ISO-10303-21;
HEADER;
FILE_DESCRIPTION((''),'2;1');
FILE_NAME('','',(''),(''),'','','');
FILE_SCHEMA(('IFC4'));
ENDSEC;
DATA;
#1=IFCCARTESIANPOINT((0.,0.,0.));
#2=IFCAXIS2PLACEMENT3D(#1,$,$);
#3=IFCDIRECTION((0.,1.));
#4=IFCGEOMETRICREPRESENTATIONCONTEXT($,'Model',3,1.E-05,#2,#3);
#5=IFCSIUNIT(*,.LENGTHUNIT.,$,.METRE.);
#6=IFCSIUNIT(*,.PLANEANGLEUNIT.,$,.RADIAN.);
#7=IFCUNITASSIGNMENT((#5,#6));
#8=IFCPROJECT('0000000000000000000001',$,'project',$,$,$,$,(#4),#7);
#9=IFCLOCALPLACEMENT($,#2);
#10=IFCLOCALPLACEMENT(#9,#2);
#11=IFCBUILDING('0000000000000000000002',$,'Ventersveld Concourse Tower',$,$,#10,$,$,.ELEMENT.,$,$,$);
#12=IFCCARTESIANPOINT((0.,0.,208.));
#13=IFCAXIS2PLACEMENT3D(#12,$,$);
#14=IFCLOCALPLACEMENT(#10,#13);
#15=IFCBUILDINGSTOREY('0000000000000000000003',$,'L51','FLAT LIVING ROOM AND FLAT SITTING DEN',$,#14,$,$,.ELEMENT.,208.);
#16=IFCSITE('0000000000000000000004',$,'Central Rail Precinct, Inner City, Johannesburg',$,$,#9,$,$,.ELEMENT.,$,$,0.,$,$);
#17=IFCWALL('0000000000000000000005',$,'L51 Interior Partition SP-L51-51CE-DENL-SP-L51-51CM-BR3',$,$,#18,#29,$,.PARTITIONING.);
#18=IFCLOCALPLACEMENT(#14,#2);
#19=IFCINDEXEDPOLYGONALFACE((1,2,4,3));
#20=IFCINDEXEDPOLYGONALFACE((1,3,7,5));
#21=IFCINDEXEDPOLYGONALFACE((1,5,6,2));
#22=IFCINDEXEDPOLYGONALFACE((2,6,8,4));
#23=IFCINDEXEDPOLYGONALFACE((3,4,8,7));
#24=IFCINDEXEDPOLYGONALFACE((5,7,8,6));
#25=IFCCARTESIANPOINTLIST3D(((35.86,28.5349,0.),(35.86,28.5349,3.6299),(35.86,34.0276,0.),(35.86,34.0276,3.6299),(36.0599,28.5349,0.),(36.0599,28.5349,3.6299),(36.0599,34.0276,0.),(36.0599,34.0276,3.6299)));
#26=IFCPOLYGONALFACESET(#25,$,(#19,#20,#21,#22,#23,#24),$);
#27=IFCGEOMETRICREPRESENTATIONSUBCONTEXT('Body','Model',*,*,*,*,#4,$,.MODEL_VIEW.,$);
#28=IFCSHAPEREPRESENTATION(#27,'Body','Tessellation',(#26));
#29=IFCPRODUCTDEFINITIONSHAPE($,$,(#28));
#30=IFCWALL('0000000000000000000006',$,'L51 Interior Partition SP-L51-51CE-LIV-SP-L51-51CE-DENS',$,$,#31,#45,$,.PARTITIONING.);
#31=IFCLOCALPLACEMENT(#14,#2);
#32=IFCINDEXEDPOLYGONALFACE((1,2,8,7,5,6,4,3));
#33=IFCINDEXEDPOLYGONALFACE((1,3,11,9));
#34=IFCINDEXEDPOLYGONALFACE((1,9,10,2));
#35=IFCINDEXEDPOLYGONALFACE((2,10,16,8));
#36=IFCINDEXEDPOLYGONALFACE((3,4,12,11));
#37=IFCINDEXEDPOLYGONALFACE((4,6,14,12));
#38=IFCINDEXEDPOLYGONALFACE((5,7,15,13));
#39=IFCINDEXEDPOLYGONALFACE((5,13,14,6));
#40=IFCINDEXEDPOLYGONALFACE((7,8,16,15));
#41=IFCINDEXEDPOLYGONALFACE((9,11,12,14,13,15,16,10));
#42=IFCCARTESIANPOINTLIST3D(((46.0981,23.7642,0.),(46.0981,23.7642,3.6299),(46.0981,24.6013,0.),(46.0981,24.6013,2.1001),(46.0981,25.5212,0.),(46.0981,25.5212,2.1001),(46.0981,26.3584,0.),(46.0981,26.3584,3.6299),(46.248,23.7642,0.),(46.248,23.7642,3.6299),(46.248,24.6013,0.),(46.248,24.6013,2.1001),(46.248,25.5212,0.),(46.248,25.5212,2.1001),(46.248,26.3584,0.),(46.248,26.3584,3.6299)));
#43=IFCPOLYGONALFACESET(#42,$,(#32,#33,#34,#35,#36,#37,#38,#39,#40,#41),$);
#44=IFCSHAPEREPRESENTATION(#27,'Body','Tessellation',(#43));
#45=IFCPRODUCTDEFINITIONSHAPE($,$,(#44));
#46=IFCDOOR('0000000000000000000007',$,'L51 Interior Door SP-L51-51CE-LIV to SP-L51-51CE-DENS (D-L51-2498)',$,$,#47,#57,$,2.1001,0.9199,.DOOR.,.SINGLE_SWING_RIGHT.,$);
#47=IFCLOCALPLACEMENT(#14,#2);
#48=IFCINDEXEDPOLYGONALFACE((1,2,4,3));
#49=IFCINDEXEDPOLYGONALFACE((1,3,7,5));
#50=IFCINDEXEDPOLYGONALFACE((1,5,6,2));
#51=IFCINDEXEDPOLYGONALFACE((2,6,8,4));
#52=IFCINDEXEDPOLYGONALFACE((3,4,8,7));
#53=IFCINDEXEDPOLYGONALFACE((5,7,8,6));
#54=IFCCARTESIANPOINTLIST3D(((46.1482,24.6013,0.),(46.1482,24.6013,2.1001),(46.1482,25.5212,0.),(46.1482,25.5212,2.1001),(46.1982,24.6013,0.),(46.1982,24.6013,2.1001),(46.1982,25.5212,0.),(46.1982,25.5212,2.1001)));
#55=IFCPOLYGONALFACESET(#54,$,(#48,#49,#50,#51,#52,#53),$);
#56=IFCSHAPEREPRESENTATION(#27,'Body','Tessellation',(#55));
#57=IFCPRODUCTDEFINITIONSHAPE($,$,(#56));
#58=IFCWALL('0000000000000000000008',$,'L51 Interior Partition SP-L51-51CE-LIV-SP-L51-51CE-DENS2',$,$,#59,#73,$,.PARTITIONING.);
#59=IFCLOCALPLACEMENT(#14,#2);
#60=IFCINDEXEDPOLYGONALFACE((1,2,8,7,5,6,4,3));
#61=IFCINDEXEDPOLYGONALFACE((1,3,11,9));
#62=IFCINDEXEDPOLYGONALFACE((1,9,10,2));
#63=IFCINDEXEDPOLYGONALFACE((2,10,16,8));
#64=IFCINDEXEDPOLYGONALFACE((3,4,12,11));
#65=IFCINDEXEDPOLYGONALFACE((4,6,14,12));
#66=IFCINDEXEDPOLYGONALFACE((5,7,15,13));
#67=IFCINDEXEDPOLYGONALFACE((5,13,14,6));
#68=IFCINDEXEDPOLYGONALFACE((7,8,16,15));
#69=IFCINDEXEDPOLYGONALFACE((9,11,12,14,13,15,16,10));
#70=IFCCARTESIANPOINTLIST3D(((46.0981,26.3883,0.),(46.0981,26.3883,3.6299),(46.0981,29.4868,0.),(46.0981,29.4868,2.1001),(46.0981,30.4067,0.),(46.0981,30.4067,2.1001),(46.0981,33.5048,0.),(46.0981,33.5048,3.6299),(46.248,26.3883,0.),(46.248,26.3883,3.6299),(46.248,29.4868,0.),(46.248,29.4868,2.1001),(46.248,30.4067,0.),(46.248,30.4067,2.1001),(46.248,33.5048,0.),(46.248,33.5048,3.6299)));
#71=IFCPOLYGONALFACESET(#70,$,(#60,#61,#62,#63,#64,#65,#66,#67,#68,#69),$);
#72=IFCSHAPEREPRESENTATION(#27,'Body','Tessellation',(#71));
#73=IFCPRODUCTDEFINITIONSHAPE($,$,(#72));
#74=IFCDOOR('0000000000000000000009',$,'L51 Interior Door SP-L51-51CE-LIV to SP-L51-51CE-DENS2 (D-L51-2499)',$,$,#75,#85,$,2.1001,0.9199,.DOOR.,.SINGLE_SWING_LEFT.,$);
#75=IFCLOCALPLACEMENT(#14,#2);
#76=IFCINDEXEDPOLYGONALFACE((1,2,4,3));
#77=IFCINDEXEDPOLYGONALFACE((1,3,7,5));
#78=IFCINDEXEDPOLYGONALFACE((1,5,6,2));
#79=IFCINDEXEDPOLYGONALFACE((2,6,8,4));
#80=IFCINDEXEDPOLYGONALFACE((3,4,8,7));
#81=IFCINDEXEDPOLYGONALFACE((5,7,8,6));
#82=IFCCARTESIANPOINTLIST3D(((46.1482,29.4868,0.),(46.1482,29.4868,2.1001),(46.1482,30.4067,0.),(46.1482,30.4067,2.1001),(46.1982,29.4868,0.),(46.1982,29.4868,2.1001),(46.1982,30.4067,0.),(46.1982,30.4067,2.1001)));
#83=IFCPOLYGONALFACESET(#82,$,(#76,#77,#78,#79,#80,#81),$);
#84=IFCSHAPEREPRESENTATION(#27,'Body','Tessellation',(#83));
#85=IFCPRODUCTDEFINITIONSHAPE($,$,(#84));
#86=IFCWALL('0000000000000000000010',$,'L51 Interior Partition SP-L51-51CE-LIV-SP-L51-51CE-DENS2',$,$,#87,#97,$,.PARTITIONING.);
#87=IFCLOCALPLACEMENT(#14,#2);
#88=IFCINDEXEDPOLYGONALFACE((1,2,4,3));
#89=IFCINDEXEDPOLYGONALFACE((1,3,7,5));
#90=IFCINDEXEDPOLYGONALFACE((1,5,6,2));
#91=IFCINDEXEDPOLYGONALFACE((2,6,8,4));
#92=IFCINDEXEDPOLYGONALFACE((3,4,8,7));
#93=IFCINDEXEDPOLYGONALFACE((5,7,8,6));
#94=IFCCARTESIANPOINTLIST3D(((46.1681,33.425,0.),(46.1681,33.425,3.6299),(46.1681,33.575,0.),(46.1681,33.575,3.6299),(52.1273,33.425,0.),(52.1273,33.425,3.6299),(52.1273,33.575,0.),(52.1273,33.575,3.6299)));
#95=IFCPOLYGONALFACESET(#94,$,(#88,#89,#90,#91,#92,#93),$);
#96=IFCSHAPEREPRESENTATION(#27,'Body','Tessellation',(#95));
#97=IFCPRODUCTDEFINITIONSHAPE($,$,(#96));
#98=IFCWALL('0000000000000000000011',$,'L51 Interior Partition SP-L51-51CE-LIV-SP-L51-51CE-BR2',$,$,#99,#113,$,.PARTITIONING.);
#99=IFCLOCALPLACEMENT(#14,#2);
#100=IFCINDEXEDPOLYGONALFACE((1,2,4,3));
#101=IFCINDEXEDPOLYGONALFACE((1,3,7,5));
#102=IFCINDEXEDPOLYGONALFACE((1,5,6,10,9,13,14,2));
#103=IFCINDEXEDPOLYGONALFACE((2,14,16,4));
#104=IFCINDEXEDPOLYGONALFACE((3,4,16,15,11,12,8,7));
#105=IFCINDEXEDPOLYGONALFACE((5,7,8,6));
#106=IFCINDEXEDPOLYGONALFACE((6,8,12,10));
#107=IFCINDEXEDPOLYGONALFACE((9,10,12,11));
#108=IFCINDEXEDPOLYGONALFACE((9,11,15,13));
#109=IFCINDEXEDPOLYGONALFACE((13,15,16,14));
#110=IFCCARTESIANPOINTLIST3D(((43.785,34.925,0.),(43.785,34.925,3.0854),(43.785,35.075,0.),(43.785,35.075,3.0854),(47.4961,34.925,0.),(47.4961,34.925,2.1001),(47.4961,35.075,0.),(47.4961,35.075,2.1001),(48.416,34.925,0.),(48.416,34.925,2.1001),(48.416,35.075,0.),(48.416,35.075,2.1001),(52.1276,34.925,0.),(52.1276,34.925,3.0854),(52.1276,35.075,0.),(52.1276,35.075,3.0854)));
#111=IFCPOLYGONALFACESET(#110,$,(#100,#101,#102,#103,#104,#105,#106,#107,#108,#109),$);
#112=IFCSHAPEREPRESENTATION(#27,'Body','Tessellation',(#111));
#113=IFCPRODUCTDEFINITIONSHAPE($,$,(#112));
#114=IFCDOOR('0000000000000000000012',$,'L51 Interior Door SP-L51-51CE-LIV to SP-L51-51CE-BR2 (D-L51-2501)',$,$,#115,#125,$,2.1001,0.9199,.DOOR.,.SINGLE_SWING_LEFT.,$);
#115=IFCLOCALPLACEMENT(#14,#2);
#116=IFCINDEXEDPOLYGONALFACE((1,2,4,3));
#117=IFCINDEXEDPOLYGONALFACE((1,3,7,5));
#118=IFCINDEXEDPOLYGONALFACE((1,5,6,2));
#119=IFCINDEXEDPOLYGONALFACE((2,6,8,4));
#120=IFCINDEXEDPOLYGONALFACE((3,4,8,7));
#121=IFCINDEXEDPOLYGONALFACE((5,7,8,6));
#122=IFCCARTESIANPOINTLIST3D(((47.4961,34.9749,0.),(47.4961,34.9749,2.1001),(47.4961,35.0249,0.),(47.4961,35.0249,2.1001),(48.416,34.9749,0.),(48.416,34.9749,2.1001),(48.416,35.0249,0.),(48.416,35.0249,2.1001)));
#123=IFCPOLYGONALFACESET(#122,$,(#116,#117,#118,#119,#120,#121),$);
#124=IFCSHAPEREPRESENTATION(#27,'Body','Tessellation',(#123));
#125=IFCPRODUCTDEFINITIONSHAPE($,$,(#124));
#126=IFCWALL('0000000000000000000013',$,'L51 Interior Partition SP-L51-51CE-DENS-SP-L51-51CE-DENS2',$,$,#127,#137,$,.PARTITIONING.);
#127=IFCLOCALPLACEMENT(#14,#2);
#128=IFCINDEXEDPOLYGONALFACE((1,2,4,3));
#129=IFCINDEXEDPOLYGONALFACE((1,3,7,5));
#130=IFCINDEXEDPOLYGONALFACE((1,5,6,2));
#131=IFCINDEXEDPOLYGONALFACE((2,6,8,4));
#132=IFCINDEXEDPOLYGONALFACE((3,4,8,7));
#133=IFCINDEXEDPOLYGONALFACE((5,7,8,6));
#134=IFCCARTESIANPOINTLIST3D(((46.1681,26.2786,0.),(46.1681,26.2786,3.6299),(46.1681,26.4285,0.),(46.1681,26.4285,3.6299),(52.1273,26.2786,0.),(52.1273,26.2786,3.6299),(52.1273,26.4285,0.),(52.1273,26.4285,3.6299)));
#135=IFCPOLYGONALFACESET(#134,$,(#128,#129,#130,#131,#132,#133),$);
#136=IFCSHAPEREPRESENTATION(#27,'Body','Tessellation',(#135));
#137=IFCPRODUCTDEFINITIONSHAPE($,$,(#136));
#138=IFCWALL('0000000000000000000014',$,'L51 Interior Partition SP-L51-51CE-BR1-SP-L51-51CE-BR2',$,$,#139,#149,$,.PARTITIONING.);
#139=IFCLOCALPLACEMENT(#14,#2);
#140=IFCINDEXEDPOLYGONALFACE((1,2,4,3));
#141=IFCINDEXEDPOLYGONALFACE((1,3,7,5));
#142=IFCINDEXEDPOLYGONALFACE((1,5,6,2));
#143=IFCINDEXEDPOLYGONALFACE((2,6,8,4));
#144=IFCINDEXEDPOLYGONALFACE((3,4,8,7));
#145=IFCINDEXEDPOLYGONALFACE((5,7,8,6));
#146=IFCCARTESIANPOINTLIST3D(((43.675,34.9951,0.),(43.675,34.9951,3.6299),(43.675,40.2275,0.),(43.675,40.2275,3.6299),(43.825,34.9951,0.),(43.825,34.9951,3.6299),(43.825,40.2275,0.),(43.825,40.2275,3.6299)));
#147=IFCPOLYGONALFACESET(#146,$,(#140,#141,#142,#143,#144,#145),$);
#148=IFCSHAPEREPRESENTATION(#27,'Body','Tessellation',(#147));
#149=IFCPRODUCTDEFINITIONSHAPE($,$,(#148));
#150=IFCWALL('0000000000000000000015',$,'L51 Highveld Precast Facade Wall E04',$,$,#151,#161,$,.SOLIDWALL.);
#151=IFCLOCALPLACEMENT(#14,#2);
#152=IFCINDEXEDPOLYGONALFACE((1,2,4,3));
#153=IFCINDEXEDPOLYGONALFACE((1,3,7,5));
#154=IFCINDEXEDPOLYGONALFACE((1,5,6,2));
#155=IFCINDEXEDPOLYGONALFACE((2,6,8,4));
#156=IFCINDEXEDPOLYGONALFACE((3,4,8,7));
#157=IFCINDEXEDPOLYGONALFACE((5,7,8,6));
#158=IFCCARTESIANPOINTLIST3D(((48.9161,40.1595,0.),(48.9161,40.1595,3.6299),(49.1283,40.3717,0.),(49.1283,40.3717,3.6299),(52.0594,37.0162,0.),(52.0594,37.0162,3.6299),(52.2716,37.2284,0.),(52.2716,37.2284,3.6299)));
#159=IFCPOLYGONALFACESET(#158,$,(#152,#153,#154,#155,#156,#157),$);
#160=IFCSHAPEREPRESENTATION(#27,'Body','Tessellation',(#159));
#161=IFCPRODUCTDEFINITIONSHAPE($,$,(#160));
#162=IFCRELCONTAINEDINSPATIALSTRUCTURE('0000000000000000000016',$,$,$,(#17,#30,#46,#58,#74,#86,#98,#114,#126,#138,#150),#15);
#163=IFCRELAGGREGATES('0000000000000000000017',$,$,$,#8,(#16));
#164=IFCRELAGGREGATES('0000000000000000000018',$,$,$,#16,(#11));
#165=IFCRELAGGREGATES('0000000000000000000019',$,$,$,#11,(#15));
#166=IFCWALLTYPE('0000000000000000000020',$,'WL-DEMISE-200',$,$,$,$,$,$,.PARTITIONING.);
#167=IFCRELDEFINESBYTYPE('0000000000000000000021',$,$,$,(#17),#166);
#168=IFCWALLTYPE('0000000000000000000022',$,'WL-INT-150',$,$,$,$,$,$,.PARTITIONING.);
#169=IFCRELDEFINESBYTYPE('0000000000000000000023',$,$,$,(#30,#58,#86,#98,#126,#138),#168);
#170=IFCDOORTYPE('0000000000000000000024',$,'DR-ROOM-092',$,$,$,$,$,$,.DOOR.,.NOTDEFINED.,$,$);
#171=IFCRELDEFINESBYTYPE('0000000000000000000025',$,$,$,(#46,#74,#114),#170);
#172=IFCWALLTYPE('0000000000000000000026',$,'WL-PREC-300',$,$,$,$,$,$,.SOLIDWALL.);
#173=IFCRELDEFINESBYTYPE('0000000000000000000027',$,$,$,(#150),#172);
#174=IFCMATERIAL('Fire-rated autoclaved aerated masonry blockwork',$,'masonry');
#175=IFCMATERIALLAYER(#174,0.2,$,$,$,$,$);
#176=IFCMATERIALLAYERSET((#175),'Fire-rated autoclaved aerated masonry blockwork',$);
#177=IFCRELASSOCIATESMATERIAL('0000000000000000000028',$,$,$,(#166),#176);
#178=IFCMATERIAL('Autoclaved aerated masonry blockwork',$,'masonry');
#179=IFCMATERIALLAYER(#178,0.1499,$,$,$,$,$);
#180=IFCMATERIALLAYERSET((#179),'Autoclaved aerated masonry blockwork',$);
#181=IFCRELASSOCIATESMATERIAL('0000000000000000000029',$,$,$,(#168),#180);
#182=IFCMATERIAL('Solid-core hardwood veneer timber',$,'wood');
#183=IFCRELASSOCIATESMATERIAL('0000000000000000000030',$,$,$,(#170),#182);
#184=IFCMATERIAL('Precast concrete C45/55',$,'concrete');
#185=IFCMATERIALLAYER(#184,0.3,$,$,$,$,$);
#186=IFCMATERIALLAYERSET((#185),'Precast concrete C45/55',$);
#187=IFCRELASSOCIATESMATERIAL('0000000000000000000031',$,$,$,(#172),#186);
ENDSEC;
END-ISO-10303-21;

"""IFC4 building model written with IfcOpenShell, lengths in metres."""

from ifc_helpers import new_model, si_unit, direction, frame, frame_2d, origin, place, context, subcontext, project, spatial, rectangle, extrude, material, layer, layer_set, type_object, element, fill, save


model = new_model("IFC4")

# Units and contexts
model_context = context("Model", 3, precision=1e-05, world=origin(), true_north=direction((0.0, 1.0)))
body_context = subcontext(model_context, "Body", "Model", "MODEL_VIEW")
ifc_project = project(units=[si_unit("LENGTHUNIT", "METRE"), si_unit("PLANEANGLEUNIT", "RADIAN")], contexts=[model_context])

# Site, building, storey
site_placement = place(None, origin())
site = spatial("IfcSite", under=ifc_project, at=site_placement, Name="Central Rail Precinct, Inner City, Johannesburg", CompositionType="ELEMENT", RefElevation=0.0)
building_placement = place(site_placement, origin())
building = spatial("IfcBuilding", under=site, at=building_placement, Name="Ventersveld Concourse Tower", CompositionType="ELEMENT")
storey_placement = place(building_placement, frame((0.0, 0.0, 208.0)))
storey = spatial("IfcBuildingStorey", under=building, at=storey_placement, Name="L51", Description="FLAT LIVING ROOM AND FLAT SITTING DEN", CompositionType="ELEMENT", Elevation=208.0)

# Wall
ifc_material_1 = material(Name="Fire-rated autoclaved aerated masonry blockwork", Category="masonry")
ifc_layer_1 = layer(ifc_material_1, 0.2)
ifc_layer_set_1 = layer_set([ifc_layer_1], Name="Fire-rated autoclaved aerated masonry blockwork")
wall_type_1 = type_object("IfcWallType", Name="WL-DEMISE-200", PredefinedType="PARTITIONING", material=ifc_layer_set_1)
wall_1_placement = place(storey_placement, frame((35.96, 28.5349, 0.0), z_axis=(0.0, 0.0, 1.0), x_axis=(0.0, 1.0, 0.0)))
element("IfcWall", 1, at=wall_1_placement, inside=storey, type_object=wall_type_1, Name="L51 Interior Partition SP-L51-51CE-DENL-SP-L51-51CM-BR3", PredefinedType="PARTITIONING", context=body_context, shape_type="SweptSolid", body=[
    extrude(rectangle(XDim=5.4927, YDim=0.2, at=frame_2d((2.7463, 0.0))), origin(), (0.0, 0.0, 1.0), 3.6299),
])

# Walls, openings, doors
ifc_material_2 = material(Name="Autoclaved aerated masonry blockwork", Category="masonry")
ifc_layer_2 = layer(ifc_material_2, 0.1499)
ifc_layer_set_2 = layer_set([ifc_layer_2], Name="Autoclaved aerated masonry blockwork")
wall_type_2 = type_object("IfcWallType", Name="WL-INT-150", PredefinedType="PARTITIONING", material=ifc_layer_set_2)
wall_2_placement = place(storey_placement, frame((46.1731, 23.7642, 0.0), z_axis=(0.0, 0.0, 1.0), x_axis=(0.0, 1.0, 0.0)))
wall_2 = element("IfcWall", 2, at=wall_2_placement, inside=storey, type_object=wall_type_2, Name="L51 Interior Partition SP-L51-51CE-LIV-SP-L51-51CE-DENS", PredefinedType="PARTITIONING", context=body_context, shape_type="SweptSolid", body=[
    extrude(rectangle(XDim=2.5942, YDim=0.1499, at=frame_2d((1.2971, 0.0))), origin(), (0.0, 0.0, 1.0), 3.6299),
])
opening_1_placement = place(wall_2_placement, frame((0.8372, 0.0, 0.0)))
opening_1 = element("IfcOpeningElement", 3, at=opening_1_placement, cuts=wall_2, PredefinedType="OPENING", context=body_context, shape_type="SweptSolid", body=[
    extrude(rectangle(XDim=0.9199, YDim=2.1001, at=frame_2d((0.46, 1.05))), frame((0.0, 0.085, 0.0), z_axis=(0.0, -1.0, 0.0), x_axis=(1.0, 0.0, 0.0)), (0.0, 0.0, 1.0), 0.1699),
])
ifc_material_3 = material(Name="Solid-core hardwood veneer timber", Category="wood")
door_type = type_object("IfcDoorType", Name="DR-ROOM-092", OperationType="NOTDEFINED", PredefinedType="DOOR", material=ifc_material_3)
door_1_placement = place(opening_1_placement, origin())
door_1 = element("IfcDoor", 4, at=door_1_placement, inside=storey, type_object=door_type, Name="L51 Interior Door SP-L51-51CE-LIV to SP-L51-51CE-DENS (D-L51-2498)", OperationType="SINGLE_SWING_RIGHT", OverallHeight=2.1001, OverallWidth=0.9199, PredefinedType="DOOR", context=body_context, shape_type="SweptSolid", body=[
    extrude(rectangle(XDim=0.9199, YDim=2.1001, at=frame_2d((0.46, 1.05))), frame((0.0, 0.0249, 0.0), z_axis=(0.0, -1.0, 0.0), x_axis=(1.0, 0.0, 0.0)), (0.0, 0.0, 1.0), 0.05),
])
fill(opening_1, door_1)
wall_3_placement = place(storey_placement, frame((46.1731, 26.3884, 0.0), z_axis=(0.0, 0.0, 1.0), x_axis=(0.0, 1.0, 0.0)))
wall_3 = element("IfcWall", 5, at=wall_3_placement, inside=storey, type_object=wall_type_2, Name="L51 Interior Partition SP-L51-51CE-LIV-SP-L51-51CE-DENS2", PredefinedType="PARTITIONING", context=body_context, shape_type="SweptSolid", body=[
    extrude(rectangle(XDim=7.1165, YDim=0.1499, at=frame_2d((3.5581, 0.0))), origin(), (0.0, 0.0, 1.0), 3.6299),
])
opening_2_placement = place(wall_3_placement, frame((3.0984, 0.0, 0.0)))
opening_2 = element("IfcOpeningElement", 6, at=opening_2_placement, cuts=wall_3, PredefinedType="OPENING", context=body_context, shape_type="SweptSolid", body=[
    extrude(rectangle(XDim=0.9199, YDim=2.1001, at=frame_2d((0.46, 1.05))), frame((0.0, 0.085, 0.0), z_axis=(0.0, -1.0, 0.0), x_axis=(1.0, 0.0, 0.0)), (0.0, 0.0, 1.0), 0.1699),
])
door_2_placement = place(opening_2_placement, origin())
door_2 = element("IfcDoor", 7, at=door_2_placement, inside=storey, type_object=door_type, Name="L51 Interior Door SP-L51-51CE-LIV to SP-L51-51CE-DENS2 (D-L51-2499)", OperationType="SINGLE_SWING_LEFT", OverallHeight=2.1001, OverallWidth=0.9199, PredefinedType="DOOR", context=body_context, shape_type="SweptSolid", body=[
    extrude(rectangle(XDim=0.9199, YDim=2.1001, at=frame_2d((0.46, 1.05))), frame((0.0, 0.0249, 0.0), z_axis=(0.0, -1.0, 0.0), x_axis=(1.0, 0.0, 0.0)), (0.0, 0.0, 1.0), 0.05),
])
fill(opening_2, door_2)

# Wall
wall_4_placement = place(storey_placement, frame((46.1682, 33.5, 0.0), z_axis=(0.0, 0.0, 1.0), x_axis=(1.0, 0.0, 0.0)))
element("IfcWall", 8, at=wall_4_placement, inside=storey, type_object=wall_type_2, Name="L51 Interior Partition SP-L51-51CE-LIV-SP-L51-51CE-DENS2", PredefinedType="PARTITIONING", context=body_context, shape_type="SweptSolid", body=[
    extrude(rectangle(XDim=5.9592, YDim=0.1499, at=frame_2d((2.9795, 0.0))), origin(), (0.0, 0.0, 1.0), 3.6299),
])

# Wall, opening, door
wall_5_placement = place(storey_placement, frame((43.7849, 35.0, 0.0), z_axis=(0.0, 0.0, 1.0), x_axis=(1.0, 0.0, 0.0)))
wall_5 = element("IfcWall", 9, at=wall_5_placement, inside=storey, type_object=wall_type_2, Name="L51 Interior Partition SP-L51-51CE-LIV-SP-L51-51CE-BR2", PredefinedType="PARTITIONING", context=body_context, shape_type="SweptSolid", body=[
    extrude(rectangle(XDim=8.3425, YDim=0.1499, at=frame_2d((4.1714, 0.0))), origin(), (0.0, 0.0, 1.0), 3.0854),
])
opening_3_placement = place(wall_5_placement, frame((3.7112, 0.0, 0.0)))
opening_3 = element("IfcOpeningElement", 10, at=opening_3_placement, cuts=wall_5, PredefinedType="OPENING", context=body_context, shape_type="SweptSolid", body=[
    extrude(rectangle(XDim=0.9199, YDim=2.1001, at=frame_2d((0.46, 1.05))), frame((0.0, 0.085, 0.0), z_axis=(0.0, -1.0, 0.0), x_axis=(1.0, 0.0, 0.0)), (0.0, 0.0, 1.0), 0.1699),
])
door_3_placement = place(opening_3_placement, origin())
door_3 = element("IfcDoor", 11, at=door_3_placement, inside=storey, type_object=door_type, Name="L51 Interior Door SP-L51-51CE-LIV to SP-L51-51CE-BR2 (D-L51-2501)", OperationType="SINGLE_SWING_LEFT", OverallHeight=2.1001, OverallWidth=0.9199, PredefinedType="DOOR", context=body_context, shape_type="SweptSolid", body=[
    extrude(rectangle(XDim=0.9199, YDim=2.1001, at=frame_2d((0.46, 1.05))), frame((0.0, 0.0249, 0.0), z_axis=(0.0, -1.0, 0.0), x_axis=(1.0, 0.0, 0.0)), (0.0, 0.0, 1.0), 0.05),
])
fill(opening_3, door_3)

# Walls
wall_6_placement = place(storey_placement, frame((46.1682, 26.3535, 0.0), z_axis=(0.0, 0.0, 1.0), x_axis=(1.0, 0.0, 0.0)))
element("IfcWall", 12, at=wall_6_placement, inside=storey, type_object=wall_type_2, Name="L51 Interior Partition SP-L51-51CE-DENS-SP-L51-51CE-DENS2", PredefinedType="PARTITIONING", context=body_context, shape_type="SweptSolid", body=[
    extrude(rectangle(XDim=5.9592, YDim=0.1499, at=frame_2d((2.9795, 0.0))), origin(), (0.0, 0.0, 1.0), 3.6299),
])
wall_7_placement = place(storey_placement, frame((43.75, 34.9951, 0.0), z_axis=(0.0, 0.0, 1.0), x_axis=(0.0, 1.0, 0.0)))
element("IfcWall", 13, at=wall_7_placement, inside=storey, type_object=wall_type_2, Name="L51 Interior Partition SP-L51-51CE-BR1-SP-L51-51CE-BR2", PredefinedType="PARTITIONING", context=body_context, shape_type="SweptSolid", body=[
    extrude(rectangle(XDim=5.2324, YDim=0.1499, at=frame_2d((2.6162, 0.0))), origin(), (0.0, 0.0, 1.0), 3.6299),
])
ifc_material_4 = material(Name="Precast concrete C45/55", Category="concrete")
ifc_layer_3 = layer(ifc_material_4, 0.3)
ifc_layer_set_3 = layer_set([ifc_layer_3], Name="Precast concrete C45/55")
wall_type_3 = type_object("IfcWallType", Name="WL-PREC-300", PredefinedType="SOLIDWALL", material=ifc_layer_set_3)
wall_8_placement = place(storey_placement, frame((52.1655, 37.1223, 0.0), z_axis=(0.0, 0.0, 1.0), x_axis=(-0.707107, 0.707107, 0.0)))
element("IfcWall", 14, at=wall_8_placement, inside=storey, type_object=wall_type_3, Name="L51 Highveld Precast Facade Wall E04", PredefinedType="SOLIDWALL", context=body_context, shape_type="SweptSolid", body=[
    extrude(rectangle(XDim=4.4453, YDim=0.3, at=frame_2d((2.2227, 0.0))), origin(), (0.0, 0.0, 1.0), 3.6299),
])

save(model, "model.ifc")
